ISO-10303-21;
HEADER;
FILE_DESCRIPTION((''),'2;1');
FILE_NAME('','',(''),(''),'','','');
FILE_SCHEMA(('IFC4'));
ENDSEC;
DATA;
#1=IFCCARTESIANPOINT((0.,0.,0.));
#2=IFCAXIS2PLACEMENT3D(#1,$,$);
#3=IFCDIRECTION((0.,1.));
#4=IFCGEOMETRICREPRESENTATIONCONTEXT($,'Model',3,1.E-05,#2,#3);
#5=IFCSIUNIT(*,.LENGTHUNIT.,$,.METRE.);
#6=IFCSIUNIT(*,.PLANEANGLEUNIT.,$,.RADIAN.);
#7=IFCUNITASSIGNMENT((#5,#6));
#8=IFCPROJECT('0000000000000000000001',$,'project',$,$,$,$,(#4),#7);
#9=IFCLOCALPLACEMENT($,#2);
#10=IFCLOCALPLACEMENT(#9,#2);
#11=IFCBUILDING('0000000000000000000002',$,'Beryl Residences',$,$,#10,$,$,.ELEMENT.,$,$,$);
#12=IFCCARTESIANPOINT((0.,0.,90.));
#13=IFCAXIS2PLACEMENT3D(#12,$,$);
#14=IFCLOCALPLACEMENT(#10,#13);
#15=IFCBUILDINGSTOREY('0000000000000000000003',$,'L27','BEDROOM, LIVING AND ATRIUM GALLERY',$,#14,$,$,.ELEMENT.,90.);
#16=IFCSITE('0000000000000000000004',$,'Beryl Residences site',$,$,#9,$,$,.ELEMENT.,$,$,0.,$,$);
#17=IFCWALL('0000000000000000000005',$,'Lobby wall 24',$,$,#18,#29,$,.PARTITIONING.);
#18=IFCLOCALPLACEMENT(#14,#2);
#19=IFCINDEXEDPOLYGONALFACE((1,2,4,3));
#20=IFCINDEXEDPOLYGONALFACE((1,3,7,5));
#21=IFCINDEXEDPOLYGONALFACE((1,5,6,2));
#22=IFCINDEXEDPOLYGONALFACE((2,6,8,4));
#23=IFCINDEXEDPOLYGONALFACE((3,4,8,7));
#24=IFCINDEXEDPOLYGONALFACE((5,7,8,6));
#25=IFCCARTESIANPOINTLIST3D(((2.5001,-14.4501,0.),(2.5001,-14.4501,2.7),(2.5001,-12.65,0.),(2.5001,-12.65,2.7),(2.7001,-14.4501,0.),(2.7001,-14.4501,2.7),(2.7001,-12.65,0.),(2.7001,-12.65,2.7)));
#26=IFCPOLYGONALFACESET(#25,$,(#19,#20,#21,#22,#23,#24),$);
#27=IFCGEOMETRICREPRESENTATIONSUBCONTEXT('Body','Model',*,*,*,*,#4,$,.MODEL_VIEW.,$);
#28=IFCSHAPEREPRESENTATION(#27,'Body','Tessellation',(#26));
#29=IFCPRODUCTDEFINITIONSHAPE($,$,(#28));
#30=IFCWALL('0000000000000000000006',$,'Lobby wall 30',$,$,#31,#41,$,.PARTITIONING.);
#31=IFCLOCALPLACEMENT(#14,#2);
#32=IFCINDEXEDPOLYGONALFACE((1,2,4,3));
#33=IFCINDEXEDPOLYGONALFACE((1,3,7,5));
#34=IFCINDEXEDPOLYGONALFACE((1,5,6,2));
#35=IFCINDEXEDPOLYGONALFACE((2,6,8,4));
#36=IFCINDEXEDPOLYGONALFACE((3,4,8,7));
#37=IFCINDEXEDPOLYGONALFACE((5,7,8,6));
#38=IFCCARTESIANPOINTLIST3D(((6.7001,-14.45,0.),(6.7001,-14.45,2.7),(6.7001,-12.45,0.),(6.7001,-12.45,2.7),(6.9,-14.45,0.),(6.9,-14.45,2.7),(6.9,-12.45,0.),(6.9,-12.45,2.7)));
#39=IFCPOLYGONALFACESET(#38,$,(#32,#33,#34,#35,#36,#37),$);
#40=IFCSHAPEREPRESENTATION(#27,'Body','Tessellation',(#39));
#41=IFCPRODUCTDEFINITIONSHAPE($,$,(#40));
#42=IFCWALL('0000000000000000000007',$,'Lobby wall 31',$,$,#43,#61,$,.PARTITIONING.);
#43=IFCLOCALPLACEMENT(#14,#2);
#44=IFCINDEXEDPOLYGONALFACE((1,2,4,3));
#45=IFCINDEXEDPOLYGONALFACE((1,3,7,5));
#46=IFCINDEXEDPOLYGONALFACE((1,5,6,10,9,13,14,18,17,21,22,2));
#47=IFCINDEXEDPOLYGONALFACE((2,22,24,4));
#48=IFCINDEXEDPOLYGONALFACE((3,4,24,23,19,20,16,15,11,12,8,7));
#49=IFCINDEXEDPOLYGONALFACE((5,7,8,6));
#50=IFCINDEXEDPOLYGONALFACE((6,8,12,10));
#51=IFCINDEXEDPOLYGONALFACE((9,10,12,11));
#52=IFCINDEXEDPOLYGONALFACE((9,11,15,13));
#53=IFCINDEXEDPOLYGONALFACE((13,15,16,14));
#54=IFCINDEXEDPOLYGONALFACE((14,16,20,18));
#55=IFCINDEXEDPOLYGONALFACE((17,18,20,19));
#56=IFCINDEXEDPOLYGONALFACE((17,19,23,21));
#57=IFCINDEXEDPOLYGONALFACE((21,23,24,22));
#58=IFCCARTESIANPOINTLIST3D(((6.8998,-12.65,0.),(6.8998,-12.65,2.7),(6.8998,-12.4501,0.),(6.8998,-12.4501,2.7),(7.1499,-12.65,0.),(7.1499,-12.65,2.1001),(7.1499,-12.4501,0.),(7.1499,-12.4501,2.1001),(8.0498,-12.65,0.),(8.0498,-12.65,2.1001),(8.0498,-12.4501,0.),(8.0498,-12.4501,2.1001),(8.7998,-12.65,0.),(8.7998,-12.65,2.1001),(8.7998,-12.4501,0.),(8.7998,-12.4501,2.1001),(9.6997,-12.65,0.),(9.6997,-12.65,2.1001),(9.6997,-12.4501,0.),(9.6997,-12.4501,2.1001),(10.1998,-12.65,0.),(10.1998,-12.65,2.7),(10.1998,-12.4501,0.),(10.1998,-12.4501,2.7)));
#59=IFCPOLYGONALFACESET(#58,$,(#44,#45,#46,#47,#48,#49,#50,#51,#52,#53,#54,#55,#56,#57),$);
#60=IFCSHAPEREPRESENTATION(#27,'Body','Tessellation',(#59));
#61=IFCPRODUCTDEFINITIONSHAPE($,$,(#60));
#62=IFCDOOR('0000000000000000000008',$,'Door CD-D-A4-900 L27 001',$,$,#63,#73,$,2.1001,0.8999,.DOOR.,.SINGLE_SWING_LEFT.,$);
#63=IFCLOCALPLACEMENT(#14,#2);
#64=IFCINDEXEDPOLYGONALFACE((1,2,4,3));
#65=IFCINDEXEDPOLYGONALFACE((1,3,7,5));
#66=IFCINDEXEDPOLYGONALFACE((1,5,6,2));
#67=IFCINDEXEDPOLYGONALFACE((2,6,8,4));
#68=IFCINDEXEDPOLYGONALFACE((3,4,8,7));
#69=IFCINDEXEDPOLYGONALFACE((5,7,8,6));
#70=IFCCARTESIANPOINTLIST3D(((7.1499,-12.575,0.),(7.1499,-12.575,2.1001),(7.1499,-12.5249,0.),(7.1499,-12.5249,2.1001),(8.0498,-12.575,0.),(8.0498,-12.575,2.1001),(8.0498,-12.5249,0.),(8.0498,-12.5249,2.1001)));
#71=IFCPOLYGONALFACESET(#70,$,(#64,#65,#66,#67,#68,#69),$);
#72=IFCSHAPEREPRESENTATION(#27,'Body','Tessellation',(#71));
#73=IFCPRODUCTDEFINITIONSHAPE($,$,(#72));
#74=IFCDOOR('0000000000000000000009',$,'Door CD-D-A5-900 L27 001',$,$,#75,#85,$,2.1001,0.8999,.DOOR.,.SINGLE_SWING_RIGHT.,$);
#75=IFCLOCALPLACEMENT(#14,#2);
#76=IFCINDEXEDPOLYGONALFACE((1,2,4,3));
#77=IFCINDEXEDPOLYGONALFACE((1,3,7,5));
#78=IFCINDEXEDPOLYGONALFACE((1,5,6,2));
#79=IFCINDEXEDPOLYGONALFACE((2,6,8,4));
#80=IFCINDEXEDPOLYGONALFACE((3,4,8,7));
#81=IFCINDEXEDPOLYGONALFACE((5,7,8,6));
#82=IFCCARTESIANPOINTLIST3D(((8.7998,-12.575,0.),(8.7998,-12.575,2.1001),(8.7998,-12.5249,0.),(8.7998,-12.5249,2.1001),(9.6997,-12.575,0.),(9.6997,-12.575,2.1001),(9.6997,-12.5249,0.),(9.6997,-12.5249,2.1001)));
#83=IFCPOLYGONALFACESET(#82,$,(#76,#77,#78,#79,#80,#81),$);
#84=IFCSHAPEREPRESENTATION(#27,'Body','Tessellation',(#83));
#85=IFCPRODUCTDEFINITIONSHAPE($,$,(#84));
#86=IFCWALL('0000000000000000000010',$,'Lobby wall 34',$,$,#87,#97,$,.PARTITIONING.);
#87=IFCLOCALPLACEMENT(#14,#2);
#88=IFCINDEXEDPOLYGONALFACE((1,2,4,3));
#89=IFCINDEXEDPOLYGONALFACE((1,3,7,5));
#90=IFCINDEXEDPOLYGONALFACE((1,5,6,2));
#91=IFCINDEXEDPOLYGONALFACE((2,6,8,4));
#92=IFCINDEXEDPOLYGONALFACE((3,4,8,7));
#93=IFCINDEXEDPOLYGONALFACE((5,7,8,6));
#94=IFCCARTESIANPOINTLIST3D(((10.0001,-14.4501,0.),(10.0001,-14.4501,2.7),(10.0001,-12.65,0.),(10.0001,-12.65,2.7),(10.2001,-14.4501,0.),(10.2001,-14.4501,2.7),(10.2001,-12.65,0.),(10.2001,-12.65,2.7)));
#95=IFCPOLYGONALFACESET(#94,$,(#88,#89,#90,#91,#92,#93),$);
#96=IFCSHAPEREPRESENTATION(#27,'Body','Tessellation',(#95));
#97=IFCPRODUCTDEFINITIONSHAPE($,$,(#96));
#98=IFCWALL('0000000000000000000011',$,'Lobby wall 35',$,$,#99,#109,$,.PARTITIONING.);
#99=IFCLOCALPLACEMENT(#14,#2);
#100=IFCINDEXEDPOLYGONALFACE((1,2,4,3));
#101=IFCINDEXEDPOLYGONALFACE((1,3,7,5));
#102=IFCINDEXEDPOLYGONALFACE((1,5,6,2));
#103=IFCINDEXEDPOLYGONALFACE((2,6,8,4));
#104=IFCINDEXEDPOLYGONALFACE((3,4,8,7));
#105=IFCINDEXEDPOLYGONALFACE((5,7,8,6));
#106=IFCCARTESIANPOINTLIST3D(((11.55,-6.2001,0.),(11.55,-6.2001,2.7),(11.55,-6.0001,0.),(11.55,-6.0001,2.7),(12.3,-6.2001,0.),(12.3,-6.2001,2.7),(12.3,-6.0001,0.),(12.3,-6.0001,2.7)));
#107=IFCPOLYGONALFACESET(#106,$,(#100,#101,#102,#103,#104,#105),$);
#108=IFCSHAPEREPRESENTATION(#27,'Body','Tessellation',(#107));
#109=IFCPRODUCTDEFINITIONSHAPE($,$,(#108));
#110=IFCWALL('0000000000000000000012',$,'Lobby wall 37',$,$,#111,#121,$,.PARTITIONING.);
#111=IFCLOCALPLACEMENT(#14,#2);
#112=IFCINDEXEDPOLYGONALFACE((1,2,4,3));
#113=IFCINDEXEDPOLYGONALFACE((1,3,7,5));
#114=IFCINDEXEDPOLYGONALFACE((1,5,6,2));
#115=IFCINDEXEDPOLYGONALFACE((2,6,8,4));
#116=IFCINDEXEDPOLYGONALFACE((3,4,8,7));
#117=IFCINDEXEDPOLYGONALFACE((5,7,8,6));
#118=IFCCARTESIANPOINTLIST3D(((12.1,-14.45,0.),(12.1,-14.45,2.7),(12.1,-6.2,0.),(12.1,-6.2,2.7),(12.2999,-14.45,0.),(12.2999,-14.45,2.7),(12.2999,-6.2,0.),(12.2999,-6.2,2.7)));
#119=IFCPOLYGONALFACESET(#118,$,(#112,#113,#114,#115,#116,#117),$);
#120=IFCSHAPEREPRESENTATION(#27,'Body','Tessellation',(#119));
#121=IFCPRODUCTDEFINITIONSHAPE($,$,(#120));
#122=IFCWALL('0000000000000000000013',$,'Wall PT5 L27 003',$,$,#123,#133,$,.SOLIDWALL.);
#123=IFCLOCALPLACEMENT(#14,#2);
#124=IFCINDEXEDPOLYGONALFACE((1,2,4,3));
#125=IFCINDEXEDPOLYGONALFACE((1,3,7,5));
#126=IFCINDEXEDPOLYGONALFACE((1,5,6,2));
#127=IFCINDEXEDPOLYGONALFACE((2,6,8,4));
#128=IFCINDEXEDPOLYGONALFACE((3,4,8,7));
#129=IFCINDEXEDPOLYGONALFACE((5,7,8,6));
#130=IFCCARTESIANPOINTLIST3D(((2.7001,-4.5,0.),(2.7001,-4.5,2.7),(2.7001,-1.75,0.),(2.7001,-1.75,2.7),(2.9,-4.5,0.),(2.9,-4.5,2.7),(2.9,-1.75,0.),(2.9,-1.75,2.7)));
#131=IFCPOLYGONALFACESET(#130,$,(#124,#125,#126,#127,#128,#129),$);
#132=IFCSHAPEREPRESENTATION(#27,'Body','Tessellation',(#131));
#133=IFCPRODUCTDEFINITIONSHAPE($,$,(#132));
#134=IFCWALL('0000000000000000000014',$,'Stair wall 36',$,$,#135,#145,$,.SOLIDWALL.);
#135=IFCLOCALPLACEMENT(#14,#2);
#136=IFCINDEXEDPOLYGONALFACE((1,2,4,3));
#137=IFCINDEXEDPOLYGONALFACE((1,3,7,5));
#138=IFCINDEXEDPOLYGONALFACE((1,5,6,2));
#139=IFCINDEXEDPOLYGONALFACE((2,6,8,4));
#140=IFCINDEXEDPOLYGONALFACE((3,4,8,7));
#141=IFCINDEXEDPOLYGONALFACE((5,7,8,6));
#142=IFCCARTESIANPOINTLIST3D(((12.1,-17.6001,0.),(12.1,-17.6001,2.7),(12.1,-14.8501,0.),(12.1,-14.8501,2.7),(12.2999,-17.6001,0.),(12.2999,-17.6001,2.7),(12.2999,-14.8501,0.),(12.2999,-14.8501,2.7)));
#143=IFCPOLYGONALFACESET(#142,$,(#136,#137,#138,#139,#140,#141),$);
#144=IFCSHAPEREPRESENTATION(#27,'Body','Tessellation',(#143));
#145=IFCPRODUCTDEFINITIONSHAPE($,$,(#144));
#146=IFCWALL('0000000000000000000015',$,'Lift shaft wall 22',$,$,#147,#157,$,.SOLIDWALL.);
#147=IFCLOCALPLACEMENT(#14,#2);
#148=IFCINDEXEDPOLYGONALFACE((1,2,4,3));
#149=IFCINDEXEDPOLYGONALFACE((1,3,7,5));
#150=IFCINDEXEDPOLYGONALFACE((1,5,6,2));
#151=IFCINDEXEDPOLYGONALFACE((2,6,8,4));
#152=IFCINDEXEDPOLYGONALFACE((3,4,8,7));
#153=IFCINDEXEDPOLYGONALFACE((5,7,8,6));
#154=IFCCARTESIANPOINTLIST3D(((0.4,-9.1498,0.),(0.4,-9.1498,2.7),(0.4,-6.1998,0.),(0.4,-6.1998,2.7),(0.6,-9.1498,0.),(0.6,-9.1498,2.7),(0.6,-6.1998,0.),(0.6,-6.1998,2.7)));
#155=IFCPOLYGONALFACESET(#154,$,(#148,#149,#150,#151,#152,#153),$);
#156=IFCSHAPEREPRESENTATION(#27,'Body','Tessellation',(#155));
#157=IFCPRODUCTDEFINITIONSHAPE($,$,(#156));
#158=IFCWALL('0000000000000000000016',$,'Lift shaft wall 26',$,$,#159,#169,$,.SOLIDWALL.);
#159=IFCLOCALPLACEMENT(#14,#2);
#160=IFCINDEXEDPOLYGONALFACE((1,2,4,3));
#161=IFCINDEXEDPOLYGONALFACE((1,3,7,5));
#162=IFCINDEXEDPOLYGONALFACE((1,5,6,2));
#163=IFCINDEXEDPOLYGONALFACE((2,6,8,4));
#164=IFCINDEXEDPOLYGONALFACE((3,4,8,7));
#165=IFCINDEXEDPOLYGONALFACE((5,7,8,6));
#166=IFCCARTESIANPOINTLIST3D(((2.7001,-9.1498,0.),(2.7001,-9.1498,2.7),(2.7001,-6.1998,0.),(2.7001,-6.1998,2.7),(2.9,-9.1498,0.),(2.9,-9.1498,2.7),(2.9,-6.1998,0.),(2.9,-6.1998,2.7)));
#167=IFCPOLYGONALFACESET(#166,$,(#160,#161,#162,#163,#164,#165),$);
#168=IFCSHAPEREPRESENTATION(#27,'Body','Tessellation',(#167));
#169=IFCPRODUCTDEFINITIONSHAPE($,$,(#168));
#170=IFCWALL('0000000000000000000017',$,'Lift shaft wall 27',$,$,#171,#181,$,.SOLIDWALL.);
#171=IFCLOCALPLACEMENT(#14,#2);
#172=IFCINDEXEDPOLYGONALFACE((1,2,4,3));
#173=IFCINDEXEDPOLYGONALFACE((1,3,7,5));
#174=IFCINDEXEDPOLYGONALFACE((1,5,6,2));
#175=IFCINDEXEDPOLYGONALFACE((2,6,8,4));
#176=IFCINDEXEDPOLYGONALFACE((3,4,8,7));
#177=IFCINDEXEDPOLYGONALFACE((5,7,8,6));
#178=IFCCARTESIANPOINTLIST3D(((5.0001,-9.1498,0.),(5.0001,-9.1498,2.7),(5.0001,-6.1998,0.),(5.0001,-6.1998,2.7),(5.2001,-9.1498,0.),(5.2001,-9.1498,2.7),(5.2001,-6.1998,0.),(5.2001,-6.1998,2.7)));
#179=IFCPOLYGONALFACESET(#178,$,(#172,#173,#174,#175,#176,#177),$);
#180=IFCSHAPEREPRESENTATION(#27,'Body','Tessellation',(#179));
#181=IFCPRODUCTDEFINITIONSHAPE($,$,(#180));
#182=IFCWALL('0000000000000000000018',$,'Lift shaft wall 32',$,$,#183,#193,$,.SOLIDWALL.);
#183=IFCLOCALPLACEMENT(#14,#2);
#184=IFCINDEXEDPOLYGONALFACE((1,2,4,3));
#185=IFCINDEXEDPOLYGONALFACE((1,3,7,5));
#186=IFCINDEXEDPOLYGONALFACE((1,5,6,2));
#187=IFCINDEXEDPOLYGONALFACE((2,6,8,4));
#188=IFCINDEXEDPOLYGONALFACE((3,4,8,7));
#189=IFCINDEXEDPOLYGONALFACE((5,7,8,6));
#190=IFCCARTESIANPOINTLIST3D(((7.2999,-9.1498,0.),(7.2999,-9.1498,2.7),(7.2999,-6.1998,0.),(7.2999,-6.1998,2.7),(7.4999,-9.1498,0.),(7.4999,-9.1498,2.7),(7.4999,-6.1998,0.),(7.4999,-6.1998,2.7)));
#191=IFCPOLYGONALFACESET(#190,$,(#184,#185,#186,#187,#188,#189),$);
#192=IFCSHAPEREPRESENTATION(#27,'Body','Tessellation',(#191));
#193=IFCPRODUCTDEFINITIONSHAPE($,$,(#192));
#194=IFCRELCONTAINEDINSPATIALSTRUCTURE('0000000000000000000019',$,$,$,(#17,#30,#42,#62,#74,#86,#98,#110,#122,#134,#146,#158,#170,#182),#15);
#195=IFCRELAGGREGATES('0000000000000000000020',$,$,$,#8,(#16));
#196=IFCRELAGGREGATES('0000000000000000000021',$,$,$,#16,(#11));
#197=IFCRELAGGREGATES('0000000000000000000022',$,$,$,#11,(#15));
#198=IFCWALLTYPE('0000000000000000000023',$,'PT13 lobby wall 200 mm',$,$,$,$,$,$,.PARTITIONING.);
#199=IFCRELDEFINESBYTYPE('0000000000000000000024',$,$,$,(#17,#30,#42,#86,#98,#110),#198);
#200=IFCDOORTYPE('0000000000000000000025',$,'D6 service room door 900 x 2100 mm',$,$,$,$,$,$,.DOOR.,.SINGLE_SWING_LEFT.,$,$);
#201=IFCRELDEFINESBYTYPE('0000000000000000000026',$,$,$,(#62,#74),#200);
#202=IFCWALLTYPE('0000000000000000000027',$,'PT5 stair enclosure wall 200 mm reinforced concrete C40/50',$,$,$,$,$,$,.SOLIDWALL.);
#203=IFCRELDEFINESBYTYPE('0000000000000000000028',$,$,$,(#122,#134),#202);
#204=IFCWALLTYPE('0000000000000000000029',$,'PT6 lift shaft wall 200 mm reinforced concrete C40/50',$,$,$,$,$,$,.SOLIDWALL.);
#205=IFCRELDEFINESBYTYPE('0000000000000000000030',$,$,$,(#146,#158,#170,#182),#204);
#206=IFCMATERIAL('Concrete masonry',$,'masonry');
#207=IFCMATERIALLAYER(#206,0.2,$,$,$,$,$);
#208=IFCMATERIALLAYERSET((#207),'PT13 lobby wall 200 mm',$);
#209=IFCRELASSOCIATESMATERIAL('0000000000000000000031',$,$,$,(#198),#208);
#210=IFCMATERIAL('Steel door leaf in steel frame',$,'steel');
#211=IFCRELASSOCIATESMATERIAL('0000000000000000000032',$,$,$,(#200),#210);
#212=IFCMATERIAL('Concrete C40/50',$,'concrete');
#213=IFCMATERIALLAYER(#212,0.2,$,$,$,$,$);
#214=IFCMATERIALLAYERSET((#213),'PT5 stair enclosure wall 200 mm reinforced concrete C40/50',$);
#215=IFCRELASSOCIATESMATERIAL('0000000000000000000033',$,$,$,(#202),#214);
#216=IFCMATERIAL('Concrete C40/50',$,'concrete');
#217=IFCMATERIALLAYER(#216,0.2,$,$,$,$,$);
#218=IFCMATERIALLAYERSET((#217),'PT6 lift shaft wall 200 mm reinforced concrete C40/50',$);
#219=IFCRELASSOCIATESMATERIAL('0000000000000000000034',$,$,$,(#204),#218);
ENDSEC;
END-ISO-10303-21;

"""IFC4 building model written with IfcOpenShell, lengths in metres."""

from ifc_helpers import new_model, si_unit, direction, frame, frame_2d, origin, place, context, subcontext, project, spatial, rectangle, extrude, material, layer, layer_set, type_object, element, fill, save


model = new_model("IFC4")

# Units and contexts
model_context = context("Model", 3, precision=1e-05, world=origin(), true_north=direction((0.0, 1.0)))
body_context = subcontext(model_context, "Body", "Model", "MODEL_VIEW")
ifc_project = project(units=[si_unit("LENGTHUNIT", "METRE"), si_unit("PLANEANGLEUNIT", "RADIAN")], contexts=[model_context])

# Site, building, storey
site_placement = place(None, origin())
site = spatial("IfcSite", under=ifc_project, at=site_placement, Name="Beryl Residences site", CompositionType="ELEMENT", RefElevation=0.0)
building_placement = place(site_placement, origin())
building = spatial("IfcBuilding", under=site, at=building_placement, Name="Beryl Residences", CompositionType="ELEMENT")
storey_placement = place(building_placement, frame((0.0, 0.0, 90.0)))
storey = spatial("IfcBuildingStorey", under=building, at=storey_placement, Name="L27", Description="BEDROOM, LIVING AND ATRIUM GALLERY", CompositionType="ELEMENT", Elevation=90.0)

# Walls
ifc_material_1 = material(Name="Concrete masonry", Category="masonry")
ifc_layer_1 = layer(ifc_material_1, 0.2)
ifc_layer_set_1 = layer_set([ifc_layer_1], Name="PT13 lobby wall 200 mm")
wall_type_1 = type_object("IfcWallType", Name="PT13 lobby wall 200 mm", PredefinedType="PARTITIONING", material=ifc_layer_set_1)
wall_1_placement = place(storey_placement, frame((2.6001, -14.45, 0.0), z_axis=(0.0, 0.0, 1.0), x_axis=(0.0, 1.0, 0.0)))
element("IfcWall", 1, at=wall_1_placement, inside=storey, type_object=wall_type_1, Name="Lobby wall 24", PredefinedType="PARTITIONING", context=body_context, shape_type="SweptSolid", body=[
    extrude(rectangle(XDim=1.8, YDim=0.2, at=frame_2d((0.8999, 0.0))), origin(), (0.0, 0.0, 1.0), 2.7),
])
wall_2_placement = place(storey_placement, frame((6.8, -14.45, 0.0), z_axis=(0.0, 0.0, 1.0), x_axis=(0.0, 1.0, 0.0)))
element("IfcWall", 2, at=wall_2_placement, inside=storey, type_object=wall_type_1, Name="Lobby wall 30", PredefinedType="PARTITIONING", context=body_context, shape_type="SweptSolid", body=[
    extrude(rectangle(XDim=2.0, YDim=0.2, at=frame_2d((1.0, 0.0))), origin(), (0.0, 0.0, 1.0), 2.7),
])

# Wall, openings, doors
wall_3_placement = place(storey_placement, frame((6.8999, -12.55, 0.0), z_axis=(0.0, 0.0, 1.0), x_axis=(1.0, 0.0, 0.0)))
wall_3 = element("IfcWall", 3, at=wall_3_placement, inside=storey, type_object=wall_type_1, Name="Lobby wall 31", PredefinedType="PARTITIONING", context=body_context, shape_type="SweptSolid", body=[
    extrude(rectangle(XDim=3.3, YDim=0.2, at=frame_2d((1.6499, 0.0))), origin(), (0.0, 0.0, 1.0), 2.7),
])
opening_1_placement = place(wall_3_placement, frame((1.1499, 0.0, 0.0), z_axis=(0.0, 0.0, 1.0), x_axis=(-1.0, 0.0, 0.0)))
opening_1 = element("IfcOpeningElement", 4, at=opening_1_placement, cuts=wall_3, PredefinedType="OPENING", context=body_context, shape_type="SweptSolid", body=[
    extrude(rectangle(XDim=0.8999, YDim=2.1001, at=frame_2d((0.45, 1.05))), frame((0.0, 0.1099, 0.0), z_axis=(0.0, -1.0, 0.0), x_axis=(1.0, 0.0, 0.0)), (0.0, 0.0, 1.0), 0.22),
])
opening_2_placement = place(wall_3_placement, frame((2.7998, 0.0, 0.0), z_axis=(0.0, 0.0, 1.0), x_axis=(-1.0, 0.0, 0.0)))
opening_2 = element("IfcOpeningElement", 5, at=opening_2_placement, cuts=wall_3, PredefinedType="OPENING", context=body_context, shape_type="SweptSolid", body=[
    extrude(rectangle(XDim=0.8999, YDim=2.1001, at=frame_2d((0.45, 1.05))), frame((0.0, 0.1099, 0.0), z_axis=(0.0, -1.0, 0.0), x_axis=(1.0, 0.0, 0.0)), (0.0, 0.0, 1.0), 0.22),
])
ifc_material_2 = material(Name="Steel door leaf in steel frame", Category="steel")
door_type = type_object("IfcDoorType", Name="D6 service room door 900 x 2100 mm", OperationType="SINGLE_SWING_LEFT", PredefinedType="DOOR", material=ifc_material_2)
door_1_placement = place(opening_1_placement, origin())
door_1 = element("IfcDoor", 6, at=door_1_placement, inside=storey, type_object=door_type, Name="Door CD-D-A4-900 L27 001", OperationType="SINGLE_SWING_LEFT", OverallHeight=2.1001, OverallWidth=0.8999, PredefinedType="DOOR", context=body_context, shape_type="SweptSolid", body=[
    extrude(rectangle(XDim=0.8999, YDim=2.1001, at=frame_2d((0.45, 1.05))), frame((0.0, 0.0249, 0.0), z_axis=(0.0, -1.0, 0.0), x_axis=(1.0, 0.0, 0.0)), (0.0, 0.0, 1.0), 0.05),
])
fill(opening_1, door_1)
door_2_placement = place(opening_2_placement, origin())
door_2 = element("IfcDoor", 7, at=door_2_placement, inside=storey, type_object=door_type, Name="Door CD-D-A5-900 L27 001", OperationType="SINGLE_SWING_RIGHT", OverallHeight=2.1001, OverallWidth=0.8999, PredefinedType="DOOR", context=body_context, shape_type="SweptSolid", body=[
    extrude(rectangle(XDim=0.8999, YDim=2.1001, at=frame_2d((0.45, 1.05))), frame((0.0, 0.0249, 0.0), z_axis=(0.0, -1.0, 0.0), x_axis=(1.0, 0.0, 0.0)), (0.0, 0.0, 1.0), 0.05),
])
fill(opening_2, door_2)

# Walls
wall_4_placement = place(storey_placement, frame((10.1001, -14.45, 0.0), z_axis=(0.0, 0.0, 1.0), x_axis=(0.0, 1.0, 0.0)))
element("IfcWall", 8, at=wall_4_placement, inside=storey, type_object=wall_type_1, Name="Lobby wall 34", PredefinedType="PARTITIONING", context=body_context, shape_type="SweptSolid", body=[
    extrude(rectangle(XDim=1.8, YDim=0.2, at=frame_2d((0.8999, 0.0))), origin(), (0.0, 0.0, 1.0), 2.7),
])
wall_5_placement = place(storey_placement, frame((11.55, -6.1001, 0.0), z_axis=(0.0, 0.0, 1.0), x_axis=(1.0, 0.0, 0.0)))
element("IfcWall", 9, at=wall_5_placement, inside=storey, type_object=wall_type_1, Name="Lobby wall 35", PredefinedType="PARTITIONING", context=body_context, shape_type="SweptSolid", body=[
    extrude(rectangle(XDim=0.75, YDim=0.2, at=frame_2d((0.375, 0.0))), origin(), (0.0, 0.0, 1.0), 2.7),
])
wall_6_placement = place(storey_placement, frame((12.2, -14.45, 0.0), z_axis=(0.0, 0.0, 1.0), x_axis=(0.0, 1.0, 0.0)))
element("IfcWall", 10, at=wall_6_placement, inside=storey, type_object=wall_type_1, Name="Lobby wall 37", PredefinedType="PARTITIONING", context=body_context, shape_type="SweptSolid", body=[
    extrude(rectangle(XDim=8.25, YDim=0.2, at=frame_2d((4.125, 0.0))), origin(), (0.0, 0.0, 1.0), 2.7),
])
ifc_material_3 = material(Name="Concrete C40/50", Category="concrete")
ifc_layer_2 = layer(ifc_material_3, 0.2)
ifc_layer_set_2 = layer_set([ifc_layer_2], Name="PT5 stair enclosure wall 200 mm reinforced concrete C40/50")
wall_type_2 = type_object("IfcWallType", Name="PT5 stair enclosure wall 200 mm reinforced concrete C40/50", PredefinedType="SOLIDWALL", material=ifc_layer_set_2)
for number, where, z_axis, x_axis, name in (
    (11, (2.8, -4.5, 0.0), (0.0, 0.0, 1.0), (0.0, 1.0, 0.0), "Wall PT5 L27 003"),
    (12, (12.2, -17.6001, 0.0), (0.0, 0.0, 1.0), (0.0, 1.0, 0.0), "Stair wall 36"),
):
    element("IfcWall", number, at=place(storey_placement, frame(where, z_axis=z_axis, x_axis=x_axis)), inside=storey, type_object=wall_type_2, Name=name, PredefinedType="SOLIDWALL", context=body_context, shape_type="SweptSolid", body=[
        extrude(rectangle(XDim=2.75, YDim=0.2, at=frame_2d((1.375, 0.0))), origin(), (0.0, 0.0, 1.0), 2.7),
    ])
ifc_material_4 = material(Name="Concrete C40/50", Category="concrete")
ifc_layer_3 = layer(ifc_material_4, 0.2)
ifc_layer_set_3 = layer_set([ifc_layer_3], Name="PT6 lift shaft wall 200 mm reinforced concrete C40/50")
wall_type_3 = type_object("IfcWallType", Name="PT6 lift shaft wall 200 mm reinforced concrete C40/50", PredefinedType="SOLIDWALL", material=ifc_layer_set_3)
for number, where, z_axis, x_axis, name in (
    (13, (0.5, -9.1499, 0.0), (0.0, 0.0, 1.0), (0.0, 1.0, 0.0), "Lift shaft wall 22"),
    (14, (2.8, -9.1499, 0.0), (0.0, 0.0, 1.0), (0.0, 1.0, 0.0), "Lift shaft wall 26"),
    (15, (5.1001, -9.1499, 0.0), (0.0, 0.0, 1.0), (0.0, 1.0, 0.0), "Lift shaft wall 27"),
    (16, (7.3999, -9.1499, 0.0), (0.0, 0.0, 1.0), (0.0, 1.0, 0.0), "Lift shaft wall 32"),
):
    element("IfcWall", number, at=place(storey_placement, frame(where, z_axis=z_axis, x_axis=x_axis)), inside=storey, type_object=wall_type_3, Name=name, PredefinedType="SOLIDWALL", context=body_context, shape_type="SweptSolid", body=[
        extrude(rectangle(XDim=2.95, YDim=0.2, at=frame_2d((1.4751, 0.0))), origin(), (0.0, 0.0, 1.0), 2.7),
    ])

save(model, "model.ifc")
